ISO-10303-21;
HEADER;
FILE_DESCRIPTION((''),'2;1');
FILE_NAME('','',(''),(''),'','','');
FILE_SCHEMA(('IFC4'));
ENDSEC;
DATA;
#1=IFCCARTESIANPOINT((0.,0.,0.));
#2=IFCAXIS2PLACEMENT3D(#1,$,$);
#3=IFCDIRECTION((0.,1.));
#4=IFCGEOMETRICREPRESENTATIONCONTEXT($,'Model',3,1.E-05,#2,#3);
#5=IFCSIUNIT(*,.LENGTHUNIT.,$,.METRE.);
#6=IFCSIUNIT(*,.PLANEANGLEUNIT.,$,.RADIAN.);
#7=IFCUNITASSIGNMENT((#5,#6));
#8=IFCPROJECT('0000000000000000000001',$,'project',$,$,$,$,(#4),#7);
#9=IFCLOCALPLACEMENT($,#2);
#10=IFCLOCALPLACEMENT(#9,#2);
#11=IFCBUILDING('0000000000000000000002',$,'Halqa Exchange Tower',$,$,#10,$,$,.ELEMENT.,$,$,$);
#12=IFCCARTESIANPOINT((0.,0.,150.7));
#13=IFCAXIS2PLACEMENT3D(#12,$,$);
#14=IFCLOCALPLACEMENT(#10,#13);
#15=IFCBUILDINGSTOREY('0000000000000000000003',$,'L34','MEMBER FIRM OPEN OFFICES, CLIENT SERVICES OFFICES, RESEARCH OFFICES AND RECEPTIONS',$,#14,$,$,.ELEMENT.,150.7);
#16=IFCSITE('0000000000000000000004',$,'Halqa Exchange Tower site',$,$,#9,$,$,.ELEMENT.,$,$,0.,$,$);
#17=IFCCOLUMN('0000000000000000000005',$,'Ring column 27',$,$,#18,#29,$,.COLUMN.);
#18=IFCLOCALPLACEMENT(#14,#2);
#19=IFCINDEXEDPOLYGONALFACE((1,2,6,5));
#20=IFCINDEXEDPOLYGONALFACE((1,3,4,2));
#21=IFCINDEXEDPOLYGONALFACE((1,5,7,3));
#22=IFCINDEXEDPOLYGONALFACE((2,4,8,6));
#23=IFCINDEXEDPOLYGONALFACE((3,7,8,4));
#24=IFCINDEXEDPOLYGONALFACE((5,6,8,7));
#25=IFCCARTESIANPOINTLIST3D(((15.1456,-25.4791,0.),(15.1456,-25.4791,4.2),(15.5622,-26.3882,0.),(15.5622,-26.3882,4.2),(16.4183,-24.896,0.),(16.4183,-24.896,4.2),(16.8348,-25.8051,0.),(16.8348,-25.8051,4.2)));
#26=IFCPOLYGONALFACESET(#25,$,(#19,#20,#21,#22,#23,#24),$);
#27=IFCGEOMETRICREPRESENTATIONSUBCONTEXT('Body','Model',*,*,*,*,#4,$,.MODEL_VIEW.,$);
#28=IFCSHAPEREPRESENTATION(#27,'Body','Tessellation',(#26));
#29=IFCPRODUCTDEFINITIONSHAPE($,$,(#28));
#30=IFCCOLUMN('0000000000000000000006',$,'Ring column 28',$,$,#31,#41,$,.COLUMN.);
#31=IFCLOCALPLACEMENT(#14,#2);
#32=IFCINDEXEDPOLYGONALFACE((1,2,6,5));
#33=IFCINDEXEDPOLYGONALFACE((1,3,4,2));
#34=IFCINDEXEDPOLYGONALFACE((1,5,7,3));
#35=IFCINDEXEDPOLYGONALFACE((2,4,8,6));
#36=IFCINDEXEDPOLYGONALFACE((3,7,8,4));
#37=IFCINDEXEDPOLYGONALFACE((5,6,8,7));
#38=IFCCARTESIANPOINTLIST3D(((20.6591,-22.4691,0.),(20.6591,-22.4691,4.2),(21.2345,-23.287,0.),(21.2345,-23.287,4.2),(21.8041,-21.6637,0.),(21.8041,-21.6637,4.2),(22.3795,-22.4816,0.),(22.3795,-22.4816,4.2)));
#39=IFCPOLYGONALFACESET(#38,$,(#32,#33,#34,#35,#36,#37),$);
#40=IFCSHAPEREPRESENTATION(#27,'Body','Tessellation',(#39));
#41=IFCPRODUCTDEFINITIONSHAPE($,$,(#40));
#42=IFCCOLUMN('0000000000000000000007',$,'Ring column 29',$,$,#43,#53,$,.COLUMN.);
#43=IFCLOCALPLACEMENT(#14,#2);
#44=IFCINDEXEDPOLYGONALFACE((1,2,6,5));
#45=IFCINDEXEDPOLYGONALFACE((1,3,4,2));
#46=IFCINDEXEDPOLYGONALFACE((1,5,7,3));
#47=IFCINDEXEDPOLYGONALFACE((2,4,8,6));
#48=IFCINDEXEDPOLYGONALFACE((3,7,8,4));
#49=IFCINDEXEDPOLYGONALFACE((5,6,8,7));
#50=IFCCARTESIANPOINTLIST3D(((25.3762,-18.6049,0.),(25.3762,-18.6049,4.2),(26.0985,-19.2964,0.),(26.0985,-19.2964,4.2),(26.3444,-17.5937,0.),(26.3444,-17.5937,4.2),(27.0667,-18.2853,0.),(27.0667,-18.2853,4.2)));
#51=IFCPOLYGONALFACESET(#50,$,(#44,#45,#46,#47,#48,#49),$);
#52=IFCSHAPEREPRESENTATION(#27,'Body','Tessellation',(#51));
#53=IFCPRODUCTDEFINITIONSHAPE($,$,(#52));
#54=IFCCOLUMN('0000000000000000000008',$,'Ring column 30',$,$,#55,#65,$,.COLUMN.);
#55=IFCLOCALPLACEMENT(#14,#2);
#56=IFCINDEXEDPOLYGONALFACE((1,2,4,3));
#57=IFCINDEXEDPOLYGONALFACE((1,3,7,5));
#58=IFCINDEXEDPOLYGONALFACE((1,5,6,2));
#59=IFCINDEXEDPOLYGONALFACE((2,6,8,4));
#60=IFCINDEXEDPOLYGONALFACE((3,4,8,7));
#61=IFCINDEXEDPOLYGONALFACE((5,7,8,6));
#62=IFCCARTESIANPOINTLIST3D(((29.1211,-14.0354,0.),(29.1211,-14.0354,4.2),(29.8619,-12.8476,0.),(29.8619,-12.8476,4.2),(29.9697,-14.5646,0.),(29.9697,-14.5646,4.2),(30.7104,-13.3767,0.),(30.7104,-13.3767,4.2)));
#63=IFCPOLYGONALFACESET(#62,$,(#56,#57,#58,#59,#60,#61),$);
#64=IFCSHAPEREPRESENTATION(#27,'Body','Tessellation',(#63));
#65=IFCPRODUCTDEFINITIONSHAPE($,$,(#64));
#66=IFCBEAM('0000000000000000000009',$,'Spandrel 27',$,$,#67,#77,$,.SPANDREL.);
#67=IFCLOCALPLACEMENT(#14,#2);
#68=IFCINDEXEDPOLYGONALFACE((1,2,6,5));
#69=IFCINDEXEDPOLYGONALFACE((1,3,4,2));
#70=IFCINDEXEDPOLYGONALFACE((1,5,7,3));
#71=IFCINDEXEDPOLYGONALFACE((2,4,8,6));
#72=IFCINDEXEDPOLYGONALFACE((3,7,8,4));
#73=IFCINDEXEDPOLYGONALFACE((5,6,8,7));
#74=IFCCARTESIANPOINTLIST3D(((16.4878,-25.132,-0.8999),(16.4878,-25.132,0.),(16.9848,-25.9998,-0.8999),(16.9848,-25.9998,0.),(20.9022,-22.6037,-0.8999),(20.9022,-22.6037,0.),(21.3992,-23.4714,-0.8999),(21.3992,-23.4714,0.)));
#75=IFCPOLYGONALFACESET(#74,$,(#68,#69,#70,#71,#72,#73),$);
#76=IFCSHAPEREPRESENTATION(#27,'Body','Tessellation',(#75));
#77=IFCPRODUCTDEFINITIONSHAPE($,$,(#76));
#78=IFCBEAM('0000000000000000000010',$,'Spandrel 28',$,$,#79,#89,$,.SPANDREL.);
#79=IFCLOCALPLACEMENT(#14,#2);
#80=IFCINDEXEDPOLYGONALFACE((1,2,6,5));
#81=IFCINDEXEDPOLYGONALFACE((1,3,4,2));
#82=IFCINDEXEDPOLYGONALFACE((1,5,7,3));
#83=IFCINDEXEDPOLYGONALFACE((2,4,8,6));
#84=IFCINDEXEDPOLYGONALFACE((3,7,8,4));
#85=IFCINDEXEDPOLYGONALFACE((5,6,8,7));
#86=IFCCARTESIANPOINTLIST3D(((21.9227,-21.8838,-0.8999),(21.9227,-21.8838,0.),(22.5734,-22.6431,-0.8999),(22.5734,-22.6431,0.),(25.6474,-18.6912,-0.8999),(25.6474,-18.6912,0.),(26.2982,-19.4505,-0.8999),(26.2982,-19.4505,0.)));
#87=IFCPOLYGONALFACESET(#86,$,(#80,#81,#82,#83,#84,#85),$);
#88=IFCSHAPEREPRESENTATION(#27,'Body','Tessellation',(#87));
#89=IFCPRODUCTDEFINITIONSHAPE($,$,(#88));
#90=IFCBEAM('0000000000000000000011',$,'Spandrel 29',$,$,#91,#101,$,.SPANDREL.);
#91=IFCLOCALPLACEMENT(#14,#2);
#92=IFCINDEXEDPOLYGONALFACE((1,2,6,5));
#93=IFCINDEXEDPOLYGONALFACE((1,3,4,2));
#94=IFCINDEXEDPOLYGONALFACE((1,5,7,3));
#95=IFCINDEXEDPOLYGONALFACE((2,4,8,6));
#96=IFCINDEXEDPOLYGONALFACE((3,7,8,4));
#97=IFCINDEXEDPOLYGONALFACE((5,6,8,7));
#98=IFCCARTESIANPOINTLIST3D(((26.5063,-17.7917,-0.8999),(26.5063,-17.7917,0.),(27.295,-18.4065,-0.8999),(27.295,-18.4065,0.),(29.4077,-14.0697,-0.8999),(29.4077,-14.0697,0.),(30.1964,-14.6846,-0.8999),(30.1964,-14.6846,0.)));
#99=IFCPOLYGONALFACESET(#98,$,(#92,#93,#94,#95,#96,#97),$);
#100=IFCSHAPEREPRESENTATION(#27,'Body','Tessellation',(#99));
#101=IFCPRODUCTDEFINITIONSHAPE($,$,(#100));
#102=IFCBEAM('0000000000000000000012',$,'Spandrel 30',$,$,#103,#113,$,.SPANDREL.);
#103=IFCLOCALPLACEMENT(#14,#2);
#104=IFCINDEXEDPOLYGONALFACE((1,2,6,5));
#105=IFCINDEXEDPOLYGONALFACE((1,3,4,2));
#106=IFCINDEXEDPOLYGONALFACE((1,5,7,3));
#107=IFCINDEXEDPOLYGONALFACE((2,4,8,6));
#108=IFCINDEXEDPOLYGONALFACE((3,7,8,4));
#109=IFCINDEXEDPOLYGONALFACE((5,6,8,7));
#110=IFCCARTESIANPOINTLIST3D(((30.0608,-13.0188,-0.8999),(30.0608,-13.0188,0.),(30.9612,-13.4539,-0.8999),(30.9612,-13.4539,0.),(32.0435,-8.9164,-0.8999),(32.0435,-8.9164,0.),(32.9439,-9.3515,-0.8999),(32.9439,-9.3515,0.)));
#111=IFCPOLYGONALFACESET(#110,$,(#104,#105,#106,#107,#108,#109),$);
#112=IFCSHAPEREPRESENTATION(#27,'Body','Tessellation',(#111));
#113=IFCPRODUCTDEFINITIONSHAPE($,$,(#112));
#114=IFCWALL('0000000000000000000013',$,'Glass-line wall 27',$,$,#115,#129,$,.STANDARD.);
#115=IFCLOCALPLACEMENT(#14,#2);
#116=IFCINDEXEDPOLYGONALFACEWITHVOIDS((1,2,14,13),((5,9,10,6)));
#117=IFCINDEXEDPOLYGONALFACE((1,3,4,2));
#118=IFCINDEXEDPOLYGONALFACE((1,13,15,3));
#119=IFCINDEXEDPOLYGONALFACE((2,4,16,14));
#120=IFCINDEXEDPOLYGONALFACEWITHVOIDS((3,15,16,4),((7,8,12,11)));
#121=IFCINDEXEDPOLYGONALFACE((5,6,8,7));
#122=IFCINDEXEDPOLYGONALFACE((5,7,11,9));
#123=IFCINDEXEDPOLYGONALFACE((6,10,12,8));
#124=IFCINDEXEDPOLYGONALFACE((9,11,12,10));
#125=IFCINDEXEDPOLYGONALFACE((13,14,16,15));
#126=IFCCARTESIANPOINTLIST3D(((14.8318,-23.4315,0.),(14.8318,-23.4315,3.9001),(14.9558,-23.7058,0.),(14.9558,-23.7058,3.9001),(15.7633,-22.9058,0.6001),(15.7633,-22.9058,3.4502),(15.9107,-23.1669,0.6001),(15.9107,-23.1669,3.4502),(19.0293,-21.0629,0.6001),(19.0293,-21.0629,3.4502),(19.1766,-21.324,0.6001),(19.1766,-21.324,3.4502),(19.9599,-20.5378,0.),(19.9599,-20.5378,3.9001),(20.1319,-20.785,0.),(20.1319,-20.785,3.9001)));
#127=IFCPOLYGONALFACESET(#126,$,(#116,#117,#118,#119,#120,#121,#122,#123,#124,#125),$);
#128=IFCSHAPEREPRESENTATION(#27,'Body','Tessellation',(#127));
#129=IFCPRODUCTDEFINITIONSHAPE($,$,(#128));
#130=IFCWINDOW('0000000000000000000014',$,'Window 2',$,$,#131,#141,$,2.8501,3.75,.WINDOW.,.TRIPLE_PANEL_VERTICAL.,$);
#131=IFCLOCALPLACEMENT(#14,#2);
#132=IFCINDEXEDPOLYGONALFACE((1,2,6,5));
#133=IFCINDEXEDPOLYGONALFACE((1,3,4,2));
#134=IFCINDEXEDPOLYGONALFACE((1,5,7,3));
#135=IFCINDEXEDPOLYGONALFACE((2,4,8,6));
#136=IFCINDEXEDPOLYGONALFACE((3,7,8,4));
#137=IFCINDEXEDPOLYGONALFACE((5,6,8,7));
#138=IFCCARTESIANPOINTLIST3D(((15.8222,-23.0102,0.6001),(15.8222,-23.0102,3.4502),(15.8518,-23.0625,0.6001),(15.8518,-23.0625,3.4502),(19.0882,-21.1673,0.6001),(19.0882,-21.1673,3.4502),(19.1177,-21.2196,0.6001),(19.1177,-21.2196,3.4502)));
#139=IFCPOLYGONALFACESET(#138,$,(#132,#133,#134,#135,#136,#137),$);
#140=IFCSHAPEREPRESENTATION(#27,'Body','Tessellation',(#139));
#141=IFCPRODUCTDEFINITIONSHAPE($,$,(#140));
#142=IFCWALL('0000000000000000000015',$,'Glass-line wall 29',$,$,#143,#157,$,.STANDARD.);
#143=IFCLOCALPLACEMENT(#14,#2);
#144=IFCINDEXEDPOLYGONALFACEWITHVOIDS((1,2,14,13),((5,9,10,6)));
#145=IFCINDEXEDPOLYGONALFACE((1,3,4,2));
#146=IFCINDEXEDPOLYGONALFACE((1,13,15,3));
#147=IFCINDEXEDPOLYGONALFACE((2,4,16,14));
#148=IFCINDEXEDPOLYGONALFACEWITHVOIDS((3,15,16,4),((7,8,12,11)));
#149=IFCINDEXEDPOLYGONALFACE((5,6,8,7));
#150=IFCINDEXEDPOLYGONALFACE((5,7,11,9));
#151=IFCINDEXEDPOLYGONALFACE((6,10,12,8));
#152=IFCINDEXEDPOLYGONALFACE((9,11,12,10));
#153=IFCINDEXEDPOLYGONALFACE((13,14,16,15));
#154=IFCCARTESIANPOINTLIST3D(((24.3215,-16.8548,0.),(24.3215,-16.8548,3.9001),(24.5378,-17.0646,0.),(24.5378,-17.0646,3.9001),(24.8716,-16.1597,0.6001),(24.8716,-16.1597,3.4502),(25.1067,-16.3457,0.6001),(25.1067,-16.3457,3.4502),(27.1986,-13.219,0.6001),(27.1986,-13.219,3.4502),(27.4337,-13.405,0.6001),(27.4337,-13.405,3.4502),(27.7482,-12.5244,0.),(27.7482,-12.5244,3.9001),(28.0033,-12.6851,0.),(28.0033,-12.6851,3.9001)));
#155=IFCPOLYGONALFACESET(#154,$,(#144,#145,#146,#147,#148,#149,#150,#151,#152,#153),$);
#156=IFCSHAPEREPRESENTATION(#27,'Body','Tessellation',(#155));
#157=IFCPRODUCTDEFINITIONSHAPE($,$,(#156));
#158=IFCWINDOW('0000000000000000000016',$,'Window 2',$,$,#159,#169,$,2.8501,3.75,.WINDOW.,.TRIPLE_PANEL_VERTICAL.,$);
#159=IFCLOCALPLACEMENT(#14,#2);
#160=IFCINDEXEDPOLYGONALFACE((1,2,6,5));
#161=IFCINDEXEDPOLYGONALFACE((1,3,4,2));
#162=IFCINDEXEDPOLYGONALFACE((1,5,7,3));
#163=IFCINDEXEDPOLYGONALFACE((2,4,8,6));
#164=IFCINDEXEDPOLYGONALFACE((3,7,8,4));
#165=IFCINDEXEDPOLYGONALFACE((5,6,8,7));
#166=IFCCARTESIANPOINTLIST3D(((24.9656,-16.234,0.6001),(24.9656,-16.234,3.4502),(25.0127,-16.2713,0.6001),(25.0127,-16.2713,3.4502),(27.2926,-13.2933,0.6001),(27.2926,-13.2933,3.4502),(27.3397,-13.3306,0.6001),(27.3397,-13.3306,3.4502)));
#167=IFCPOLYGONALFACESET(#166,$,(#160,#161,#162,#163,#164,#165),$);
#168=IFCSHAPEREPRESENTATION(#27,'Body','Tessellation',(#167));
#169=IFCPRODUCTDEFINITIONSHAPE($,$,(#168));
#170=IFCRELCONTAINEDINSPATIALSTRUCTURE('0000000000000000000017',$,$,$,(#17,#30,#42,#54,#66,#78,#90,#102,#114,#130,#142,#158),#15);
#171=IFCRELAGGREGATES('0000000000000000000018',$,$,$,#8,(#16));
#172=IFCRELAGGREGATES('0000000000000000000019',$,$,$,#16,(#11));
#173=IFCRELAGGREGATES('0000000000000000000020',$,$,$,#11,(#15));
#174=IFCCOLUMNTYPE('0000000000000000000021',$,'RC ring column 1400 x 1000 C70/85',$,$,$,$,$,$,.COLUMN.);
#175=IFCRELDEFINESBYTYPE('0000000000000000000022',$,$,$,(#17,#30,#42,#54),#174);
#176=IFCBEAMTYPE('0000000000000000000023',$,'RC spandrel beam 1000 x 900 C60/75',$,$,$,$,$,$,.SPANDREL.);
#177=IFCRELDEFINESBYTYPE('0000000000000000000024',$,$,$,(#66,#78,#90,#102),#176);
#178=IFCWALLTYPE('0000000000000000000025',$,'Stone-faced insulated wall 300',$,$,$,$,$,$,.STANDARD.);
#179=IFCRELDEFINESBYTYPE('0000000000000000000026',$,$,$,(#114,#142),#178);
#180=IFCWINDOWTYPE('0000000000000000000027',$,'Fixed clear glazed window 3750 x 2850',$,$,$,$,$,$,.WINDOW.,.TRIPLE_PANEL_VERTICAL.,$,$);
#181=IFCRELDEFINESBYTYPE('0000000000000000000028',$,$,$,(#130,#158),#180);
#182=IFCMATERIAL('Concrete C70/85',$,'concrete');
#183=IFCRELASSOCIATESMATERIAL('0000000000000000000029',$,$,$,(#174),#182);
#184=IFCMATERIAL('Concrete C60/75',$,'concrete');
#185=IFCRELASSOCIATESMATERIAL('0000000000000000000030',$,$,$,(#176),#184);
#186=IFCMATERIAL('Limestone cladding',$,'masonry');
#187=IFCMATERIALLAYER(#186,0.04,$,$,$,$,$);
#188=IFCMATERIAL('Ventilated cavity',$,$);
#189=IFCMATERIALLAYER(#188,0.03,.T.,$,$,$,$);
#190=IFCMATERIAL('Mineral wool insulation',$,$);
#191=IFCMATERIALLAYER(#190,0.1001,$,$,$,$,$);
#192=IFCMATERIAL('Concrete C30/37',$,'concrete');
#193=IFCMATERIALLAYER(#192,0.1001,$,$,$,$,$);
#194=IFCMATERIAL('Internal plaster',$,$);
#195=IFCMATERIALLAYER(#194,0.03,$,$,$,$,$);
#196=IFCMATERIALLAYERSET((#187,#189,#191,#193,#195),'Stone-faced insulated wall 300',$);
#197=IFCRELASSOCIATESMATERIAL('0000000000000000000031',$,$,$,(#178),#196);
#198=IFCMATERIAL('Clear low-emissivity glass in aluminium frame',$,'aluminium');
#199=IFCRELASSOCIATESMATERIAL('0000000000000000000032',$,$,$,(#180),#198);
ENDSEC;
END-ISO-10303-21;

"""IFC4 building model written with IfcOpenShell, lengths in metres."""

from ifc_helpers import new_model, si_unit, direction, frame, frame_2d, origin, origin_2d, place, context, subcontext, project, spatial, polyline, rectangle, outline, extrude, material, layer, layer_set, material_profile, profile_set, type_object, element, fill, save


model = new_model("IFC4")

# Units and contexts
model_context = context("Model", 3, precision=1e-05, world=origin(), true_north=direction((0.0, 1.0)))
body_context = subcontext(model_context, "Body", "Model", "MODEL_VIEW")
ifc_project = project(units=[si_unit("LENGTHUNIT", "METRE"), si_unit("PLANEANGLEUNIT", "RADIAN")], contexts=[model_context])

# Site, building, storey
site_placement = place(None, origin())
site = spatial("IfcSite", under=ifc_project, at=site_placement, Name="Halqa Exchange Tower site", CompositionType="ELEMENT", RefElevation=0.0)
building_placement = place(site_placement, origin())
building = spatial("IfcBuilding", under=site, at=building_placement, Name="Halqa Exchange Tower", CompositionType="ELEMENT")
storey_placement = place(building_placement, frame((0.0, 0.0, 150.7)))
storey = spatial("IfcBuildingStorey", under=building, at=storey_placement, Name="L34", Description="MEMBER FIRM OPEN OFFICES, CLIENT SERVICES OFFICES, RESEARCH OFFICES AND RECEPTIONS", CompositionType="ELEMENT", Elevation=150.7)

# Columns
ifc_material_1 = material(Name="Concrete C70/85", Category="concrete")
ifc_material_profile_1 = material_profile(ifc_material_1, rectangle(XDim=1.3999, YDim=1.0, at=origin_2d()), Name="1400 x 1000")
ifc_profile_set_1 = profile_set([ifc_material_profile_1], Name="Concrete C70/85")
column_type = type_object("IfcColumnType", Name="RC ring column 1400 x 1000 C70/85", PredefinedType="COLUMN", material=ifc_profile_set_1)
for number, where, z_axis, x_axis, name in (
    (1, (15.9902, -25.6421, 0.0), (0.0, 0.0, 1.0), (0.909126, 0.41652, 0.0), "Ring column 27"),
    (2, (21.5193, -22.4753, 0.0), (0.0, 0.0, 1.0), (0.817911, 0.575345, 0.0), "Ring column 28"),
    (3, (26.2214, -18.4451, 0.0), (0.0, 0.0, 1.0), (0.691579, 0.722301, 0.0), "Ring column 29"),
    (4, (29.9158, -13.7061, 0.0), (0.0, 0.0, 1.0), (0.529143, 0.848532, 0.0), "Ring column 30"),
):
    element("IfcColumn", number, at=place(storey_placement, frame(where, z_axis=z_axis, x_axis=x_axis)), inside=storey, type_object=column_type, Name=name, PredefinedType="COLUMN", context=body_context, shape_type="SweptSolid", body=[
        extrude(rectangle(XDim=1.3999, YDim=1.0, at=origin_2d()), origin(), (0.0, 0.0, 1.0), 4.2),
    ])

# Beams
ifc_material_2 = material(Name="Concrete C60/75", Category="concrete")
ifc_material_profile_2 = material_profile(ifc_material_2, rectangle(XDim=1.0, YDim=0.8999, at=origin_2d()), Name="1000 x 900")
ifc_profile_set_2 = profile_set([ifc_material_profile_2], Name="Concrete C60/75")
beam_type = type_object("IfcBeamType", Name="RC spandrel beam 1000 x 900 C60/75", PredefinedType="SPANDREL", material=ifc_profile_set_2)
beam_1_placement = place(storey_placement, frame((16.7363, -25.5659, -0.45), z_axis=(0.867747, 0.497007, 0.0), x_axis=(-0.497007, 0.867747, 0.0)))
element("IfcBeam", 5, at=beam_1_placement, inside=storey, type_object=beam_type, Name="Spandrel 27", PredefinedType="SPANDREL", context=body_context, shape_type="SweptSolid", body=[
    extrude(rectangle(XDim=1.0, YDim=0.8999, at=origin_2d()), origin(), (0.0, 0.0, 1.0), 5.0872),
])
beam_2_placement = place(storey_placement, frame((22.248, -22.2634, -0.45), z_axis=(0.759267, 0.650779, 0.0), x_axis=(-0.650779, 0.759267, 0.0)))
element("IfcBeam", 6, at=beam_2_placement, inside=storey, type_object=beam_type, Name="Spandrel 28", PredefinedType="SPANDREL", context=body_context, shape_type="SweptSolid", body=[
    extrude(rectangle(XDim=1.0, YDim=0.8999, at=origin_2d()), origin(), (0.0, 0.0, 1.0), 4.9058),
])
beam_3_placement = place(storey_placement, frame((26.9006, -18.0991, -0.45), z_axis=(0.614803, 0.78868, 0.0), x_axis=(-0.78868, 0.614803, 0.0)))
element("IfcBeam", 7, at=beam_3_placement, inside=storey, type_object=beam_type, Name="Spandrel 29", PredefinedType="SPANDREL", context=body_context, shape_type="SweptSolid", body=[
    extrude(rectangle(XDim=1.0, YDim=0.8999, at=origin_2d()), origin(), (0.0, 0.0, 1.0), 4.7192),
])
beam_4_placement = place(storey_placement, frame((30.511, -13.2363, -0.45), z_axis=(0.435149, 0.900358, 0.0), x_axis=(-0.900358, 0.435149, 0.0)))
element("IfcBeam", 8, at=beam_4_placement, inside=storey, type_object=beam_type, Name="Spandrel 30", PredefinedType="SPANDREL", context=body_context, shape_type="SweptSolid", body=[
    extrude(rectangle(XDim=1.0, YDim=0.8999, at=origin_2d()), origin(), (0.0, 0.0, 1.0), 4.5564),
])

# Wall, opening, window
ifc_material_3 = material(Name="Limestone cladding", Category="masonry")
ifc_layer_1 = layer(ifc_material_3, 0.04)
ifc_material_4 = material(Name="Ventilated cavity")
ifc_layer_2 = layer(ifc_material_4, 0.03, ventilated=True)
ifc_material_5 = material(Name="Mineral wool insulation")
ifc_layer_3 = layer(ifc_material_5, 0.1001)
ifc_material_6 = material(Name="Concrete C30/37", Category="concrete")
ifc_layer_4 = layer(ifc_material_6, 0.1001)
ifc_material_7 = material(Name="Internal plaster")
ifc_layer_5 = layer(ifc_material_7, 0.03)
ifc_layer_set_1 = layer_set([ifc_layer_1, ifc_layer_2, ifc_layer_3, ifc_layer_4, ifc_layer_5], Name="Stone-faced insulated wall 300")
wall_type_1 = type_object("IfcWallType", Name="Stone-faced insulated wall 300", PredefinedType="STANDARD", material=ifc_layer_set_1)
wall_1_placement = place(storey_placement, frame((14.8938, -23.5686, 0.0), z_axis=(0.0, 0.0, 1.0), x_axis=(0.870912, 0.491438, 0.0)))
wall_1 = element("IfcWall", 9, at=wall_1_placement, inside=storey, type_object=wall_type_1, Name="Glass-line wall 27", PredefinedType="STANDARD", context=body_context, shape_type="SweptSolid", body=[
    extrude(outline(polyline([(-0.0134, -0.1499), (5.9299, -0.1499), (5.9016, 0.1499), (0.0134, 0.1499), (-0.0134, -0.1499)])), origin(), (0.0, 0.0, 1.0), 3.9001),
])
opening_1_placement = place(wall_1_placement, frame((1.083, 0.0, 0.6001)))
opening_1 = element("IfcOpeningElement", 10, at=opening_1_placement, cuts=wall_1, PredefinedType="OPENING", context=body_context, shape_type="SweptSolid", body=[
    extrude(rectangle(XDim=3.75, YDim=2.8501, at=frame_2d((1.875, 1.425))), frame((0.0, 0.1621, 0.0), z_axis=(0.0, -1.0, 0.0), x_axis=(1.0, 0.0, 0.0)), (0.0, 0.0, 1.0), 0.324),
])
ifc_material_8 = material(Name="Clear low-emissivity glass in aluminium frame", Category="aluminium")
window_type = type_object("IfcWindowType", Name="Fixed clear glazed window 3750 x 2850", PartitioningType="TRIPLE_PANEL_VERTICAL", PredefinedType="WINDOW", material=ifc_material_8)
window_1_placement = place(opening_1_placement, origin())
window_1 = element("IfcWindow", 11, at=window_1_placement, inside=storey, type_object=window_type, Name="Window 2", OverallHeight=2.8501, OverallWidth=3.75, PartitioningType="TRIPLE_PANEL_VERTICAL", PredefinedType="WINDOW", context=body_context, shape_type="SweptSolid", body=[
    extrude(rectangle(XDim=3.75, YDim=2.8501, at=frame_2d((1.875, 1.425))), frame((0.0, 0.03, 0.0), z_axis=(0.0, -1.0, 0.0), x_axis=(1.0, 0.0, 0.0)), (0.0, 0.0, 1.0), 0.0601),
])
fill(opening_1, window_1)

# Wall, opening, window
wall_2_placement = place(storey_placement, frame((24.4297, -16.9597, 0.0), z_axis=(0.0, 0.0, 1.0), x_axis=(0.620521, 0.78419, 0.0)))
wall_2 = element("IfcWall", 12, at=wall_2_placement, inside=storey, type_object=wall_type_1, Name="Glass-line wall 29", PredefinedType="STANDARD", context=body_context, shape_type="SweptSolid", body=[
    extrude(outline(polyline([(-0.0151, -0.1499), (5.5696, -0.1499), (5.5374, 0.1499), (0.0151, 0.1499), (-0.0151, -0.1499)])), origin(), (0.0, 0.0, 1.0), 3.9001),
])
opening_2_placement = place(wall_2_placement, frame((0.9016, 0.0, 0.6001)))
opening_2 = element("IfcOpeningElement", 13, at=opening_2_placement, cuts=wall_2, PredefinedType="OPENING", context=body_context, shape_type="SweptSolid", body=[
    extrude(rectangle(XDim=3.75, YDim=2.8501, at=frame_2d((1.875, 1.425))), frame((0.0, 0.1621, 0.0), z_axis=(0.0, -1.0, 0.0), x_axis=(1.0, 0.0, 0.0)), (0.0, 0.0, 1.0), 0.324),
])
window_2_placement = place(opening_2_placement, origin())
window_2 = element("IfcWindow", 14, at=window_2_placement, inside=storey, type_object=window_type, Name="Window 2", OverallHeight=2.8501, OverallWidth=3.75, PartitioningType="TRIPLE_PANEL_VERTICAL", PredefinedType="WINDOW", context=body_context, shape_type="SweptSolid", body=[
    extrude(rectangle(XDim=3.75, YDim=2.8501, at=frame_2d((1.875, 1.425))), frame((0.0, 0.03, 0.0), z_axis=(0.0, -1.0, 0.0), x_axis=(1.0, 0.0, 0.0)), (0.0, 0.0, 1.0), 0.0601),
])
fill(opening_2, window_2)

save(model, "model.ifc")
